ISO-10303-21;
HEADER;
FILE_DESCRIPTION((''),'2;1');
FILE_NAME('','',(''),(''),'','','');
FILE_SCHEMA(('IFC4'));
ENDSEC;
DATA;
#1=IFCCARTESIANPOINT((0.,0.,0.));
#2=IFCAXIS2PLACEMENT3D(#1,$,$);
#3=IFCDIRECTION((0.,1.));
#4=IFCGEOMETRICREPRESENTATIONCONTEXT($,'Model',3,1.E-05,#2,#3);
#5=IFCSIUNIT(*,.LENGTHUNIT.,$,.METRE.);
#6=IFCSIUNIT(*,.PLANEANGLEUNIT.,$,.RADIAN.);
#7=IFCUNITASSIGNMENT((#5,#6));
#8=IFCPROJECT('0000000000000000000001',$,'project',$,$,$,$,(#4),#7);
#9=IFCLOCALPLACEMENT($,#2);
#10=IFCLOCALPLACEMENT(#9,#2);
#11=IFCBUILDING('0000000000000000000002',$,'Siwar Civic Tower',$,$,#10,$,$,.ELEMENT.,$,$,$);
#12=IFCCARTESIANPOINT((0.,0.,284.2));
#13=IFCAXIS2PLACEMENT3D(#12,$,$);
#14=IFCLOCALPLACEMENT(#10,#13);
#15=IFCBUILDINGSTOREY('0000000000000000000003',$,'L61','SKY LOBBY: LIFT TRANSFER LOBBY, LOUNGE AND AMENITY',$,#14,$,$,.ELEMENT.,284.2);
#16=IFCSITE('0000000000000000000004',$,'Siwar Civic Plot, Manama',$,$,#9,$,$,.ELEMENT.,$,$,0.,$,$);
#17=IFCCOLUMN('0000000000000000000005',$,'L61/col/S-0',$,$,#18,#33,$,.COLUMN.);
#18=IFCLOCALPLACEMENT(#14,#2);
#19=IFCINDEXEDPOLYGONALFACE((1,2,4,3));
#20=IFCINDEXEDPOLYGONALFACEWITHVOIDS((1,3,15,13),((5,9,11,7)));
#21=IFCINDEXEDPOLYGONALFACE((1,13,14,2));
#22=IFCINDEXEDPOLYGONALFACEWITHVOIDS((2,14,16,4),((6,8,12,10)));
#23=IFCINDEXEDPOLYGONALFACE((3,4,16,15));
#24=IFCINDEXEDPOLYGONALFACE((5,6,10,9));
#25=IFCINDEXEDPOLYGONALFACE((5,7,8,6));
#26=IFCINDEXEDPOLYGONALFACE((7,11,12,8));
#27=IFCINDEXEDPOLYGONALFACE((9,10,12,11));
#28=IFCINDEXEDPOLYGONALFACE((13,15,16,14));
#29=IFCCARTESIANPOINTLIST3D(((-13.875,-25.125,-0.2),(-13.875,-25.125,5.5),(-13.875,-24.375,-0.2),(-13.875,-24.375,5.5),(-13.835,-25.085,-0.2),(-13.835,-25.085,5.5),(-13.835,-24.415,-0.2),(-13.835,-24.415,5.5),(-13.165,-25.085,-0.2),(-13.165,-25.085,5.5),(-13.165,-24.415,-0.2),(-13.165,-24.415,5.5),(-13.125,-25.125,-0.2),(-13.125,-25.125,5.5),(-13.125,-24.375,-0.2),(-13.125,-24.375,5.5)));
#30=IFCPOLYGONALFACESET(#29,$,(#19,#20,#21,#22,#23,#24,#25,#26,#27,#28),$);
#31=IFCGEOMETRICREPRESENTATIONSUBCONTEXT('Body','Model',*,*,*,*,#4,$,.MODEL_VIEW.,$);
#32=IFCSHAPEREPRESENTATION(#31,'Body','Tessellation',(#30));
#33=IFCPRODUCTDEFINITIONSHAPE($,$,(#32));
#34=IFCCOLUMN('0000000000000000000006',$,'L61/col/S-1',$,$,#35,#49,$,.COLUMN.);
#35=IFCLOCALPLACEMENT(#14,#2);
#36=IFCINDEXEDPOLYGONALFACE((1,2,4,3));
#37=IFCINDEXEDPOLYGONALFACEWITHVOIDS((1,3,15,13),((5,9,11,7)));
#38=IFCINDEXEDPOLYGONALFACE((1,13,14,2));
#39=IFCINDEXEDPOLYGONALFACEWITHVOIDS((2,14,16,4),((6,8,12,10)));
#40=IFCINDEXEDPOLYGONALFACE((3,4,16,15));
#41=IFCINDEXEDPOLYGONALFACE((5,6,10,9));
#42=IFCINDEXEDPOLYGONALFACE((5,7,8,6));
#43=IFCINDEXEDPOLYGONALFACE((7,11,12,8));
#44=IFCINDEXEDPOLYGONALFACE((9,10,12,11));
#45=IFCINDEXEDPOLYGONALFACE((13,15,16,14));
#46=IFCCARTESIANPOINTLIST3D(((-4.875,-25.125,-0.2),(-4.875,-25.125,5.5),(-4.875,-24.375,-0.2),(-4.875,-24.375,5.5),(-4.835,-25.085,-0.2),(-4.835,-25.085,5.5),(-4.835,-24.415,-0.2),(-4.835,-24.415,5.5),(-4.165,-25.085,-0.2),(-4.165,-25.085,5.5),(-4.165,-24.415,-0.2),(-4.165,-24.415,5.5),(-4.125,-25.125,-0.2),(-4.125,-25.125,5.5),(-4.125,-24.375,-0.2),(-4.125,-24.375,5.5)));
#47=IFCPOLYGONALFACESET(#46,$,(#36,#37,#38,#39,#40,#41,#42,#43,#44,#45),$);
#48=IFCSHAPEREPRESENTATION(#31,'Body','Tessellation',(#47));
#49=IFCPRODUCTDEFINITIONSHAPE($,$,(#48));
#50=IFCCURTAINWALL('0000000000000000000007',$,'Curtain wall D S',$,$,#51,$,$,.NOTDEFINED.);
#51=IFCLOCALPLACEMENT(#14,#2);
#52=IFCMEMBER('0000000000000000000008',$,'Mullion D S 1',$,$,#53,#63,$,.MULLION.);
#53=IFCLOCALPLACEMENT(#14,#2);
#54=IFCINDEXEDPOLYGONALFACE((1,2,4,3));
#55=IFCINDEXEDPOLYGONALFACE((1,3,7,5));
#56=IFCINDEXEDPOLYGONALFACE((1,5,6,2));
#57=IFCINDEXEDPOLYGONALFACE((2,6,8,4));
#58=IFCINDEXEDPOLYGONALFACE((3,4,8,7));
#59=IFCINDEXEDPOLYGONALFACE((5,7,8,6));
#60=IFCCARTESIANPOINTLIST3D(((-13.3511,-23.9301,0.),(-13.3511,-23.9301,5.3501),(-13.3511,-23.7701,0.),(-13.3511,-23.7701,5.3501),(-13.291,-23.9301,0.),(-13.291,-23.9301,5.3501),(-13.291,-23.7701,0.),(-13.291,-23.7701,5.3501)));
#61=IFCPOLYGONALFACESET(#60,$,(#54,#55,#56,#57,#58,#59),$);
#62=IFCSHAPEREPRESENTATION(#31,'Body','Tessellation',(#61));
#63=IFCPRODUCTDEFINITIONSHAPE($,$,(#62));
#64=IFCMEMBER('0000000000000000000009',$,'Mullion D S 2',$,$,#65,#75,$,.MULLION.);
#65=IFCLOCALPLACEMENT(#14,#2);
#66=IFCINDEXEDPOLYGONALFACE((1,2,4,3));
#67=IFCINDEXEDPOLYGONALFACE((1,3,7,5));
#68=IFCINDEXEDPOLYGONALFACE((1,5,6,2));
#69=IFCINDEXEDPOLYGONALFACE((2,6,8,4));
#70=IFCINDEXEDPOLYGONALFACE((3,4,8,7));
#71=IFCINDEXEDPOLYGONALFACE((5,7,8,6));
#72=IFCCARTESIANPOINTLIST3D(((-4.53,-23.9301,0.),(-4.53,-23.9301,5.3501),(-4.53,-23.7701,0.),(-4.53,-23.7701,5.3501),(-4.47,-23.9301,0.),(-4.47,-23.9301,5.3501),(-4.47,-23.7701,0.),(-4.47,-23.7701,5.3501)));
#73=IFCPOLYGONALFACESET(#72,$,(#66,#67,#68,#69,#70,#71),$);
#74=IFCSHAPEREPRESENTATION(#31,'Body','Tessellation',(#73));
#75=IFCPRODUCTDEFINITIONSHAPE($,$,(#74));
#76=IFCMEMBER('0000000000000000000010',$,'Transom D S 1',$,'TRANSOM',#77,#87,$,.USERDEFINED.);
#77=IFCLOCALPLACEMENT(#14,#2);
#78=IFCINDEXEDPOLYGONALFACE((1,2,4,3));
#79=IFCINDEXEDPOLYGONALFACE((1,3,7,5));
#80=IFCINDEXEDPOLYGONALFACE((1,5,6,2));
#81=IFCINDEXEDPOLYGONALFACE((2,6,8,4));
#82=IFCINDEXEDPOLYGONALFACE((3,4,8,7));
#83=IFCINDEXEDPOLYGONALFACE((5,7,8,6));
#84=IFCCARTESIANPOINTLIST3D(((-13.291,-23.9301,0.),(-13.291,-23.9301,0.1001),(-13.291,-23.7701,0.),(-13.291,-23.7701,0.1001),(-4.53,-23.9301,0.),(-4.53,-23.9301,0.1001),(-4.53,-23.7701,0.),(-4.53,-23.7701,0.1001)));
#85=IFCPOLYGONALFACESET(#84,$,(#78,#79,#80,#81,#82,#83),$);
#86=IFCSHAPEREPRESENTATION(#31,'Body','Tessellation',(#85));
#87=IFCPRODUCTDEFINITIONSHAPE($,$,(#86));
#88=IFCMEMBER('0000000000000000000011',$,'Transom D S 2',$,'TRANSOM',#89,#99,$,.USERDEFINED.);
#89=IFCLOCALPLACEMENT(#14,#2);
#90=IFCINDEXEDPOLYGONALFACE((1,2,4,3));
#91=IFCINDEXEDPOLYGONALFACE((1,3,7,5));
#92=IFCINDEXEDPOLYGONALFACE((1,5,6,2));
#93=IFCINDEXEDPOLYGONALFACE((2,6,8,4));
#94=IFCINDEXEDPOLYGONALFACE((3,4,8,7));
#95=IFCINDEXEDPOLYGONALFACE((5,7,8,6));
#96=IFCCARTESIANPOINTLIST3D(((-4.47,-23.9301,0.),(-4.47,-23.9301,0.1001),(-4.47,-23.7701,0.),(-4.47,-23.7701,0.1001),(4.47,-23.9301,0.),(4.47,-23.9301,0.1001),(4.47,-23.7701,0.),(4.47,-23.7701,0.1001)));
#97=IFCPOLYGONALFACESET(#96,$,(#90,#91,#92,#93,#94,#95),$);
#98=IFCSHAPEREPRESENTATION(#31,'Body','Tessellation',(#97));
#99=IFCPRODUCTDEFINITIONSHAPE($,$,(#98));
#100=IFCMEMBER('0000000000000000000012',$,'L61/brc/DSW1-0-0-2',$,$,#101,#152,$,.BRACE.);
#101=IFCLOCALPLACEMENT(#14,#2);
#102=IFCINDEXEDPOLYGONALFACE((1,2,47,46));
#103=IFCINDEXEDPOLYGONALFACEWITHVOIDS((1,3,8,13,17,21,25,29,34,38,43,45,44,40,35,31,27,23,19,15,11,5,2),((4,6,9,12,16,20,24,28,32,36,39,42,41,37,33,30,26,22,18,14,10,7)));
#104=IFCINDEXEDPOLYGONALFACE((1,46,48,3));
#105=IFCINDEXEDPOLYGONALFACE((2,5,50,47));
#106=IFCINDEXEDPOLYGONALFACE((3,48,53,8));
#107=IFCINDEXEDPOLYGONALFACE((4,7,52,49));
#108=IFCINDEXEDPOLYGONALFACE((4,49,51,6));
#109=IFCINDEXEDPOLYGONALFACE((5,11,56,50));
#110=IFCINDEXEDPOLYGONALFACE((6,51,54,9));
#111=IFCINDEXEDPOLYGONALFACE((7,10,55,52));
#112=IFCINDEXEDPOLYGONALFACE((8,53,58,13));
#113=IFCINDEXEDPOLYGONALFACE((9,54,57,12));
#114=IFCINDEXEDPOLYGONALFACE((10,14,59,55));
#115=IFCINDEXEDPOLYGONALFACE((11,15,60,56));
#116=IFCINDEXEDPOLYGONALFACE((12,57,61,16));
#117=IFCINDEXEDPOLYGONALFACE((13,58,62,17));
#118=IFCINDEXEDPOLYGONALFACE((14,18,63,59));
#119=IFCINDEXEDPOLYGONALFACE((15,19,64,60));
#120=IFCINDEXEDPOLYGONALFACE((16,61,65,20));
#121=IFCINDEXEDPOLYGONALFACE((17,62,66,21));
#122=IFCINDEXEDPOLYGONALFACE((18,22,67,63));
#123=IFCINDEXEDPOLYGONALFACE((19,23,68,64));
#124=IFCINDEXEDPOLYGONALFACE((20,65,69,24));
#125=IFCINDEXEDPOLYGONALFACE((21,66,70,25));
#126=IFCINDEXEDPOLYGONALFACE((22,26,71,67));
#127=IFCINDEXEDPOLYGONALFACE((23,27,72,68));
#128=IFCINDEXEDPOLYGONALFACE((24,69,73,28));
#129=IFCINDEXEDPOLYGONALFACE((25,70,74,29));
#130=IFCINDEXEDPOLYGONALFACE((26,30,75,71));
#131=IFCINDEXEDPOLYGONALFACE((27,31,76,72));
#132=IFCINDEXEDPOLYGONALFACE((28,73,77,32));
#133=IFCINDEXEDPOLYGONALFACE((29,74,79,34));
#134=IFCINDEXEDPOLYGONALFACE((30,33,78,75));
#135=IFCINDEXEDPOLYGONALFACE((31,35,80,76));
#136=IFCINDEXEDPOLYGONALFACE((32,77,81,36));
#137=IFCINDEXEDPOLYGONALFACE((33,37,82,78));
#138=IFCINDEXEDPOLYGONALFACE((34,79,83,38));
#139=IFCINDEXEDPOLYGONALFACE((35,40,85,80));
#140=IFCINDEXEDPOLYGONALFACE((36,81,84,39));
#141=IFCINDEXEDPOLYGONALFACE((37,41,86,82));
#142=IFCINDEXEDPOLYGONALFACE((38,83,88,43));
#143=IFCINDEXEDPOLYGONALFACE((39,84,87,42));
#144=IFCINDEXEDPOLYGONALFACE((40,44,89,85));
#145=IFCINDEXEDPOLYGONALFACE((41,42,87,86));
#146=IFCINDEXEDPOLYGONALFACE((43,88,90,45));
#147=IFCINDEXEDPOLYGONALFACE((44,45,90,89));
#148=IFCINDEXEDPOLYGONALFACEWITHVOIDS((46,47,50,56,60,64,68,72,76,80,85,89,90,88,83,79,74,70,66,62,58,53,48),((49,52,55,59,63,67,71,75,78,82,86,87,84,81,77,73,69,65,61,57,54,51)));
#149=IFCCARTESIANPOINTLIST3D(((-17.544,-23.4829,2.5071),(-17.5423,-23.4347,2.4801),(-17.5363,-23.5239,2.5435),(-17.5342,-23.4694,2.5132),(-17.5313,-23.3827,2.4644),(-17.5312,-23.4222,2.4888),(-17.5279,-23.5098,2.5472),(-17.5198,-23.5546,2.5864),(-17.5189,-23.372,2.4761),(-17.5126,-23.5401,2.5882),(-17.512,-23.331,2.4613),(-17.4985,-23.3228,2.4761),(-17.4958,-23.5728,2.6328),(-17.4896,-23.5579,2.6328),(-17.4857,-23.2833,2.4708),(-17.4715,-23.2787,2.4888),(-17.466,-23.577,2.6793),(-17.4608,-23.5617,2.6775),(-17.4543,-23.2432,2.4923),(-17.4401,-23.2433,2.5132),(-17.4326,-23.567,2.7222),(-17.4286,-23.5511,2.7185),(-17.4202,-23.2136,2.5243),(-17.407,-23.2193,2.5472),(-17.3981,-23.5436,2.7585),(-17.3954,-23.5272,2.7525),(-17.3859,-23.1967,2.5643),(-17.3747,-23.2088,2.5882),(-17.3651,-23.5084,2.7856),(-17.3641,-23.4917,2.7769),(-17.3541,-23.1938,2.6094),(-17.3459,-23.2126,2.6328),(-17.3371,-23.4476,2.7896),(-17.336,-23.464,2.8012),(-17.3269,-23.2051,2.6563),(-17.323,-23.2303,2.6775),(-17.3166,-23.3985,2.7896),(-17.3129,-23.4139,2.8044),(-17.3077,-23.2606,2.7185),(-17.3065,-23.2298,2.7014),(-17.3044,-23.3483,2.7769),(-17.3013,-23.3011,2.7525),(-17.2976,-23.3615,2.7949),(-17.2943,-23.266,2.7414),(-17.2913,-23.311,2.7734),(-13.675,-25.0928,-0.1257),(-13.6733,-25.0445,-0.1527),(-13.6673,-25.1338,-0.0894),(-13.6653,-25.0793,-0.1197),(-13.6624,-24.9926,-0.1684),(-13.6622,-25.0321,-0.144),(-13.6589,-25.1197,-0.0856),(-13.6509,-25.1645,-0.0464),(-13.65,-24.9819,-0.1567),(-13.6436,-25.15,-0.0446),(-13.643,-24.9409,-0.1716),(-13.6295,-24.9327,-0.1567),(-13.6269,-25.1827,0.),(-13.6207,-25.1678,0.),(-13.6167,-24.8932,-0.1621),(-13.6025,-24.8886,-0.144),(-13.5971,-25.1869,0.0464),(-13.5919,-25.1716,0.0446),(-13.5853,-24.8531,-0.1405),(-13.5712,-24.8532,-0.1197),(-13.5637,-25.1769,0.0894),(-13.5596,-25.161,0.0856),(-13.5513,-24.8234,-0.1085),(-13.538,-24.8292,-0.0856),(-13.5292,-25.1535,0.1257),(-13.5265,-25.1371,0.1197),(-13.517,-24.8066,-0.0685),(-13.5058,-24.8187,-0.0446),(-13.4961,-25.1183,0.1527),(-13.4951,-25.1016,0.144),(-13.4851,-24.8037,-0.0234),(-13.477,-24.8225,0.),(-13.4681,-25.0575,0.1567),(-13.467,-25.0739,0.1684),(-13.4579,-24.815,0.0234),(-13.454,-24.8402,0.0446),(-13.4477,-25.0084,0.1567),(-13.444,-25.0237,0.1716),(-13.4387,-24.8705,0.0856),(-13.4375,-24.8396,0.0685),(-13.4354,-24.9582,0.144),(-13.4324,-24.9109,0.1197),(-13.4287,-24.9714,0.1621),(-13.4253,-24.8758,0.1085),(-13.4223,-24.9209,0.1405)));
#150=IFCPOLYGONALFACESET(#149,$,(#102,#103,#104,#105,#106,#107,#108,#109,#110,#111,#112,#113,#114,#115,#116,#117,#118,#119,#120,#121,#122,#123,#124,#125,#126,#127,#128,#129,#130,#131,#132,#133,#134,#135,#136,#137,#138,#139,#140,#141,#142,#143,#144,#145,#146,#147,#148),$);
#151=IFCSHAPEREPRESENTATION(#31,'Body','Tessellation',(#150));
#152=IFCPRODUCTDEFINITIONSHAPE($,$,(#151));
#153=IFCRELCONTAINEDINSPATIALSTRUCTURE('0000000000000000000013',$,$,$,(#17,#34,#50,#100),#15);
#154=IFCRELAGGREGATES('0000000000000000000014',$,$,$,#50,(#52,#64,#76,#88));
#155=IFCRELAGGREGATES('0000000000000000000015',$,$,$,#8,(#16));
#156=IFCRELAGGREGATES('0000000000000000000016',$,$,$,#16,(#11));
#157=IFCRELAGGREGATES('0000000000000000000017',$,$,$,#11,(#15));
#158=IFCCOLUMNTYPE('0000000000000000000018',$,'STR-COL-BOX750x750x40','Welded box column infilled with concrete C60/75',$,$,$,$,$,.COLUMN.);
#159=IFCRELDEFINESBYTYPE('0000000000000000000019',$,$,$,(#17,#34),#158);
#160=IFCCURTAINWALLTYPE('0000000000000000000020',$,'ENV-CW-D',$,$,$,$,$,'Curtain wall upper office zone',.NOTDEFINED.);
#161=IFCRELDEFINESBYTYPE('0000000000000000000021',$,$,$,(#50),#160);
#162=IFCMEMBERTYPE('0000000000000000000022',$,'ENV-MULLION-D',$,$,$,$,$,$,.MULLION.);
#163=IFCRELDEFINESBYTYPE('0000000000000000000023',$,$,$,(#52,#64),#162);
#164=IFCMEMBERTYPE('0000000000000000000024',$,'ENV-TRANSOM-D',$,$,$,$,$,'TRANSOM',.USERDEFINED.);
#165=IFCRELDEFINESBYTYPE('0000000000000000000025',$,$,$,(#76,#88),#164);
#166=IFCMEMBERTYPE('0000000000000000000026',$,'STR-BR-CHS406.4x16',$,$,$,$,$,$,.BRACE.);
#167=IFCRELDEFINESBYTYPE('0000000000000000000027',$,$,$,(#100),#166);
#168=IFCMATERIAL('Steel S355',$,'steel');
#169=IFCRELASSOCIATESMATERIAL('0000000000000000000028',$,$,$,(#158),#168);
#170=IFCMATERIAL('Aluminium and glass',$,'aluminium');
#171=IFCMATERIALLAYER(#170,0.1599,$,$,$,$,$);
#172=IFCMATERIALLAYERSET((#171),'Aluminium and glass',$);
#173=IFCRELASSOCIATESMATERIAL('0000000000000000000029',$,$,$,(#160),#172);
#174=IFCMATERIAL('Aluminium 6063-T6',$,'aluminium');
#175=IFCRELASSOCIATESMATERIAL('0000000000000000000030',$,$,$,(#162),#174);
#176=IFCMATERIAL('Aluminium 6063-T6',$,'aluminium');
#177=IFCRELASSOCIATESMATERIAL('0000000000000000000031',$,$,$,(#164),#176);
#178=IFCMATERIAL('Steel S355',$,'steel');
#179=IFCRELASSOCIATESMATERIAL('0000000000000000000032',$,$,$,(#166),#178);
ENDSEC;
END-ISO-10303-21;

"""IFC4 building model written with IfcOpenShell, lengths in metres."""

from ifc_helpers import new_model, si_unit, direction, frame, origin, origin_2d, place, context, subcontext, project, spatial, rectangle, hollow_rectangle, hollow_circle, extrude, material, layer, layer_set, material_profile, profile_set, type_object, element, aggregate, save


model = new_model("IFC4")

# Units and contexts
model_context = context("Model", 3, precision=1e-05, world=origin(), true_north=direction((0.0, 1.0)))
body_context = subcontext(model_context, "Body", "Model", "MODEL_VIEW")
ifc_project = project(units=[si_unit("LENGTHUNIT", "METRE"), si_unit("PLANEANGLEUNIT", "RADIAN")], contexts=[model_context])

# Site, building, storey
site_placement = place(None, origin())
site = spatial("IfcSite", under=ifc_project, at=site_placement, Name="Siwar Civic Plot, Manama", CompositionType="ELEMENT", RefElevation=0.0)
building_placement = place(site_placement, origin())
building = spatial("IfcBuilding", under=site, at=building_placement, Name="Siwar Civic Tower", CompositionType="ELEMENT")
storey_placement = place(building_placement, frame((0.0, 0.0, 284.2)))
storey = spatial("IfcBuildingStorey", under=building, at=storey_placement, Name="L61", Description="SKY LOBBY: LIFT TRANSFER LOBBY, LOUNGE AND AMENITY", CompositionType="ELEMENT", Elevation=284.2)

# Columns
ifc_material_1 = material(Name="Steel S355", Category="steel")
ifc_material_profile_1 = material_profile(ifc_material_1, hollow_rectangle(XDim=0.75, YDim=0.75, WallThickness=0.04, at=origin_2d()), Name="BOX750x750x40")
ifc_profile_set_1 = profile_set([ifc_material_profile_1], Name="Steel S355")
column_type = type_object("IfcColumnType", Name="STR-COL-BOX750x750x40", Description="Welded box column infilled with concrete C60/75", PredefinedType="COLUMN", material=ifc_profile_set_1)
for number, where, z_axis, x_axis, name in (
    (1, (-13.5, -24.75, -0.2), (0.0, 0.0, 1.0), (1.0, 0.0, 0.0), "L61/col/S-0"),
    (2, (-4.5, -24.75, -0.2), (0.0, 0.0, 1.0), (1.0, 0.0, 0.0), "L61/col/S-1"),
):
    element("IfcColumn", number, at=place(storey_placement, frame(where, z_axis=z_axis, x_axis=x_axis)), inside=storey, type_object=column_type, Name=name, PredefinedType="COLUMN", context=body_context, shape_type="SweptSolid", body=[
        extrude(hollow_rectangle(XDim=0.75, YDim=0.75, WallThickness=0.04, at=origin_2d()), origin(), (0.0, 0.0, 1.0), 5.7),
    ])

# Curtain wall, members
ifc_material_2 = material(Name="Aluminium and glass", Category="aluminium")
ifc_layer_1 = layer(ifc_material_2, 0.1599)
ifc_layer_set_1 = layer_set([ifc_layer_1], Name="Aluminium and glass")
curtain_wall_type = type_object("IfcCurtainWallType", Name="ENV-CW-D", ElementType="Curtain wall upper office zone", PredefinedType="NOTDEFINED", material=ifc_layer_set_1)
curtain_wall_placement = place(storey_placement, origin())
curtain_wall = element("IfcCurtainWall", 3, at=curtain_wall_placement, inside=storey, type_object=curtain_wall_type, Name="Curtain wall D S", PredefinedType="NOTDEFINED")
ifc_material_3 = material(Name="Aluminium 6063-T6", Category="aluminium")
ifc_material_profile_2 = material_profile(ifc_material_3, rectangle(XDim=0.1599, YDim=0.0601, at=origin_2d()), Name="AL 160x60")
ifc_profile_set_2 = profile_set([ifc_material_profile_2], Name="Aluminium 6063-T6")
member_type_1 = type_object("IfcMemberType", Name="ENV-MULLION-D", PredefinedType="MULLION", material=ifc_profile_set_2)
member_1_placement = place(storey_placement, frame((-13.321, -23.8501, 0.0), z_axis=(0.0, 0.0, 1.0), x_axis=(0.0, 1.0, 0.0)))
member_1 = element("IfcMember", 4, at=member_1_placement, type_object=member_type_1, Name="Mullion D S 1", PredefinedType="MULLION", context=body_context, shape_type="SweptSolid", body=[
    extrude(rectangle(XDim=0.1599, YDim=0.0601, at=origin_2d()), origin(), (0.0, 0.0, 1.0), 5.3501),
])
member_2_placement = place(storey_placement, frame((-4.5, -23.8501, 0.0), z_axis=(0.0, 0.0, 1.0), x_axis=(0.0, 1.0, 0.0)))
member_2 = element("IfcMember", 5, at=member_2_placement, type_object=member_type_1, Name="Mullion D S 2", PredefinedType="MULLION", context=body_context, shape_type="SweptSolid", body=[
    extrude(rectangle(XDim=0.1599, YDim=0.0601, at=origin_2d()), origin(), (0.0, 0.0, 1.0), 5.3501),
])
ifc_material_4 = material(Name="Aluminium 6063-T6", Category="aluminium")
ifc_material_profile_3 = material_profile(ifc_material_4, rectangle(XDim=0.1599, YDim=0.1001, at=origin_2d()), Name="AL 160x100")
ifc_profile_set_3 = profile_set([ifc_material_profile_3], Name="Aluminium 6063-T6")
member_type_2 = type_object("IfcMemberType", Name="ENV-TRANSOM-D", ElementType="TRANSOM", PredefinedType="USERDEFINED", material=ifc_profile_set_3)
member_3_placement = place(storey_placement, frame((-13.291, -23.8501, 0.05), z_axis=(1.0, 0.0, 0.0), x_axis=(0.0, 1.0, 0.0)))
member_3 = element("IfcMember", 6, at=member_3_placement, type_object=member_type_2, Name="Transom D S 1", ObjectType="TRANSOM", PredefinedType="USERDEFINED", context=body_context, shape_type="SweptSolid", body=[
    extrude(rectangle(XDim=0.1599, YDim=0.1001, at=origin_2d()), origin(), (0.0, 0.0, 1.0), 8.761),
])
member_4_placement = place(storey_placement, frame((-4.47, -23.8501, 0.05), z_axis=(1.0, 0.0, 0.0), x_axis=(0.0, 1.0, 0.0)))
member_4 = element("IfcMember", 7, at=member_4_placement, type_object=member_type_2, Name="Transom D S 2", ObjectType="TRANSOM", PredefinedType="USERDEFINED", context=body_context, shape_type="SweptSolid", body=[
    extrude(rectangle(XDim=0.1599, YDim=0.1001, at=origin_2d()), origin(), (0.0, 0.0, 1.0), 8.9399),
])

# Member
ifc_material_5 = material(Name="Steel S355", Category="steel")
ifc_material_profile_4 = material_profile(ifc_material_5, hollow_circle(Radius=0.2031, WallThickness=0.0161, at=origin_2d()), Name="CHS406.4x16")
ifc_profile_set_4 = profile_set([ifc_material_profile_4], Name="Steel S355")
member_type_3 = type_object("IfcMemberType", Name="STR-BR-CHS406.4x16", PredefinedType="BRACE", material=ifc_profile_set_4)
member_5_placement = place(storey_placement, frame((-13.5488, -24.9951, 0.0), z_axis=(-0.781767, 0.325296, 0.531998), x_axis=(-0.384173, -0.923261, 0.0)))
element("IfcMember", 8, at=member_5_placement, inside=storey, type_object=member_type_3, Name="L61/brc/DSW1-0-0-2", PredefinedType="BRACE", context=body_context, shape_type="SweptSolid", body=[
    extrude(hollow_circle(Radius=0.2031, WallThickness=0.0161, at=origin_2d()), origin(), (0.0, 0.0, 1.0), 4.949),
])

aggregate(curtain_wall, [member_1, member_2, member_3, member_4])

save(model, "model.ifc")
